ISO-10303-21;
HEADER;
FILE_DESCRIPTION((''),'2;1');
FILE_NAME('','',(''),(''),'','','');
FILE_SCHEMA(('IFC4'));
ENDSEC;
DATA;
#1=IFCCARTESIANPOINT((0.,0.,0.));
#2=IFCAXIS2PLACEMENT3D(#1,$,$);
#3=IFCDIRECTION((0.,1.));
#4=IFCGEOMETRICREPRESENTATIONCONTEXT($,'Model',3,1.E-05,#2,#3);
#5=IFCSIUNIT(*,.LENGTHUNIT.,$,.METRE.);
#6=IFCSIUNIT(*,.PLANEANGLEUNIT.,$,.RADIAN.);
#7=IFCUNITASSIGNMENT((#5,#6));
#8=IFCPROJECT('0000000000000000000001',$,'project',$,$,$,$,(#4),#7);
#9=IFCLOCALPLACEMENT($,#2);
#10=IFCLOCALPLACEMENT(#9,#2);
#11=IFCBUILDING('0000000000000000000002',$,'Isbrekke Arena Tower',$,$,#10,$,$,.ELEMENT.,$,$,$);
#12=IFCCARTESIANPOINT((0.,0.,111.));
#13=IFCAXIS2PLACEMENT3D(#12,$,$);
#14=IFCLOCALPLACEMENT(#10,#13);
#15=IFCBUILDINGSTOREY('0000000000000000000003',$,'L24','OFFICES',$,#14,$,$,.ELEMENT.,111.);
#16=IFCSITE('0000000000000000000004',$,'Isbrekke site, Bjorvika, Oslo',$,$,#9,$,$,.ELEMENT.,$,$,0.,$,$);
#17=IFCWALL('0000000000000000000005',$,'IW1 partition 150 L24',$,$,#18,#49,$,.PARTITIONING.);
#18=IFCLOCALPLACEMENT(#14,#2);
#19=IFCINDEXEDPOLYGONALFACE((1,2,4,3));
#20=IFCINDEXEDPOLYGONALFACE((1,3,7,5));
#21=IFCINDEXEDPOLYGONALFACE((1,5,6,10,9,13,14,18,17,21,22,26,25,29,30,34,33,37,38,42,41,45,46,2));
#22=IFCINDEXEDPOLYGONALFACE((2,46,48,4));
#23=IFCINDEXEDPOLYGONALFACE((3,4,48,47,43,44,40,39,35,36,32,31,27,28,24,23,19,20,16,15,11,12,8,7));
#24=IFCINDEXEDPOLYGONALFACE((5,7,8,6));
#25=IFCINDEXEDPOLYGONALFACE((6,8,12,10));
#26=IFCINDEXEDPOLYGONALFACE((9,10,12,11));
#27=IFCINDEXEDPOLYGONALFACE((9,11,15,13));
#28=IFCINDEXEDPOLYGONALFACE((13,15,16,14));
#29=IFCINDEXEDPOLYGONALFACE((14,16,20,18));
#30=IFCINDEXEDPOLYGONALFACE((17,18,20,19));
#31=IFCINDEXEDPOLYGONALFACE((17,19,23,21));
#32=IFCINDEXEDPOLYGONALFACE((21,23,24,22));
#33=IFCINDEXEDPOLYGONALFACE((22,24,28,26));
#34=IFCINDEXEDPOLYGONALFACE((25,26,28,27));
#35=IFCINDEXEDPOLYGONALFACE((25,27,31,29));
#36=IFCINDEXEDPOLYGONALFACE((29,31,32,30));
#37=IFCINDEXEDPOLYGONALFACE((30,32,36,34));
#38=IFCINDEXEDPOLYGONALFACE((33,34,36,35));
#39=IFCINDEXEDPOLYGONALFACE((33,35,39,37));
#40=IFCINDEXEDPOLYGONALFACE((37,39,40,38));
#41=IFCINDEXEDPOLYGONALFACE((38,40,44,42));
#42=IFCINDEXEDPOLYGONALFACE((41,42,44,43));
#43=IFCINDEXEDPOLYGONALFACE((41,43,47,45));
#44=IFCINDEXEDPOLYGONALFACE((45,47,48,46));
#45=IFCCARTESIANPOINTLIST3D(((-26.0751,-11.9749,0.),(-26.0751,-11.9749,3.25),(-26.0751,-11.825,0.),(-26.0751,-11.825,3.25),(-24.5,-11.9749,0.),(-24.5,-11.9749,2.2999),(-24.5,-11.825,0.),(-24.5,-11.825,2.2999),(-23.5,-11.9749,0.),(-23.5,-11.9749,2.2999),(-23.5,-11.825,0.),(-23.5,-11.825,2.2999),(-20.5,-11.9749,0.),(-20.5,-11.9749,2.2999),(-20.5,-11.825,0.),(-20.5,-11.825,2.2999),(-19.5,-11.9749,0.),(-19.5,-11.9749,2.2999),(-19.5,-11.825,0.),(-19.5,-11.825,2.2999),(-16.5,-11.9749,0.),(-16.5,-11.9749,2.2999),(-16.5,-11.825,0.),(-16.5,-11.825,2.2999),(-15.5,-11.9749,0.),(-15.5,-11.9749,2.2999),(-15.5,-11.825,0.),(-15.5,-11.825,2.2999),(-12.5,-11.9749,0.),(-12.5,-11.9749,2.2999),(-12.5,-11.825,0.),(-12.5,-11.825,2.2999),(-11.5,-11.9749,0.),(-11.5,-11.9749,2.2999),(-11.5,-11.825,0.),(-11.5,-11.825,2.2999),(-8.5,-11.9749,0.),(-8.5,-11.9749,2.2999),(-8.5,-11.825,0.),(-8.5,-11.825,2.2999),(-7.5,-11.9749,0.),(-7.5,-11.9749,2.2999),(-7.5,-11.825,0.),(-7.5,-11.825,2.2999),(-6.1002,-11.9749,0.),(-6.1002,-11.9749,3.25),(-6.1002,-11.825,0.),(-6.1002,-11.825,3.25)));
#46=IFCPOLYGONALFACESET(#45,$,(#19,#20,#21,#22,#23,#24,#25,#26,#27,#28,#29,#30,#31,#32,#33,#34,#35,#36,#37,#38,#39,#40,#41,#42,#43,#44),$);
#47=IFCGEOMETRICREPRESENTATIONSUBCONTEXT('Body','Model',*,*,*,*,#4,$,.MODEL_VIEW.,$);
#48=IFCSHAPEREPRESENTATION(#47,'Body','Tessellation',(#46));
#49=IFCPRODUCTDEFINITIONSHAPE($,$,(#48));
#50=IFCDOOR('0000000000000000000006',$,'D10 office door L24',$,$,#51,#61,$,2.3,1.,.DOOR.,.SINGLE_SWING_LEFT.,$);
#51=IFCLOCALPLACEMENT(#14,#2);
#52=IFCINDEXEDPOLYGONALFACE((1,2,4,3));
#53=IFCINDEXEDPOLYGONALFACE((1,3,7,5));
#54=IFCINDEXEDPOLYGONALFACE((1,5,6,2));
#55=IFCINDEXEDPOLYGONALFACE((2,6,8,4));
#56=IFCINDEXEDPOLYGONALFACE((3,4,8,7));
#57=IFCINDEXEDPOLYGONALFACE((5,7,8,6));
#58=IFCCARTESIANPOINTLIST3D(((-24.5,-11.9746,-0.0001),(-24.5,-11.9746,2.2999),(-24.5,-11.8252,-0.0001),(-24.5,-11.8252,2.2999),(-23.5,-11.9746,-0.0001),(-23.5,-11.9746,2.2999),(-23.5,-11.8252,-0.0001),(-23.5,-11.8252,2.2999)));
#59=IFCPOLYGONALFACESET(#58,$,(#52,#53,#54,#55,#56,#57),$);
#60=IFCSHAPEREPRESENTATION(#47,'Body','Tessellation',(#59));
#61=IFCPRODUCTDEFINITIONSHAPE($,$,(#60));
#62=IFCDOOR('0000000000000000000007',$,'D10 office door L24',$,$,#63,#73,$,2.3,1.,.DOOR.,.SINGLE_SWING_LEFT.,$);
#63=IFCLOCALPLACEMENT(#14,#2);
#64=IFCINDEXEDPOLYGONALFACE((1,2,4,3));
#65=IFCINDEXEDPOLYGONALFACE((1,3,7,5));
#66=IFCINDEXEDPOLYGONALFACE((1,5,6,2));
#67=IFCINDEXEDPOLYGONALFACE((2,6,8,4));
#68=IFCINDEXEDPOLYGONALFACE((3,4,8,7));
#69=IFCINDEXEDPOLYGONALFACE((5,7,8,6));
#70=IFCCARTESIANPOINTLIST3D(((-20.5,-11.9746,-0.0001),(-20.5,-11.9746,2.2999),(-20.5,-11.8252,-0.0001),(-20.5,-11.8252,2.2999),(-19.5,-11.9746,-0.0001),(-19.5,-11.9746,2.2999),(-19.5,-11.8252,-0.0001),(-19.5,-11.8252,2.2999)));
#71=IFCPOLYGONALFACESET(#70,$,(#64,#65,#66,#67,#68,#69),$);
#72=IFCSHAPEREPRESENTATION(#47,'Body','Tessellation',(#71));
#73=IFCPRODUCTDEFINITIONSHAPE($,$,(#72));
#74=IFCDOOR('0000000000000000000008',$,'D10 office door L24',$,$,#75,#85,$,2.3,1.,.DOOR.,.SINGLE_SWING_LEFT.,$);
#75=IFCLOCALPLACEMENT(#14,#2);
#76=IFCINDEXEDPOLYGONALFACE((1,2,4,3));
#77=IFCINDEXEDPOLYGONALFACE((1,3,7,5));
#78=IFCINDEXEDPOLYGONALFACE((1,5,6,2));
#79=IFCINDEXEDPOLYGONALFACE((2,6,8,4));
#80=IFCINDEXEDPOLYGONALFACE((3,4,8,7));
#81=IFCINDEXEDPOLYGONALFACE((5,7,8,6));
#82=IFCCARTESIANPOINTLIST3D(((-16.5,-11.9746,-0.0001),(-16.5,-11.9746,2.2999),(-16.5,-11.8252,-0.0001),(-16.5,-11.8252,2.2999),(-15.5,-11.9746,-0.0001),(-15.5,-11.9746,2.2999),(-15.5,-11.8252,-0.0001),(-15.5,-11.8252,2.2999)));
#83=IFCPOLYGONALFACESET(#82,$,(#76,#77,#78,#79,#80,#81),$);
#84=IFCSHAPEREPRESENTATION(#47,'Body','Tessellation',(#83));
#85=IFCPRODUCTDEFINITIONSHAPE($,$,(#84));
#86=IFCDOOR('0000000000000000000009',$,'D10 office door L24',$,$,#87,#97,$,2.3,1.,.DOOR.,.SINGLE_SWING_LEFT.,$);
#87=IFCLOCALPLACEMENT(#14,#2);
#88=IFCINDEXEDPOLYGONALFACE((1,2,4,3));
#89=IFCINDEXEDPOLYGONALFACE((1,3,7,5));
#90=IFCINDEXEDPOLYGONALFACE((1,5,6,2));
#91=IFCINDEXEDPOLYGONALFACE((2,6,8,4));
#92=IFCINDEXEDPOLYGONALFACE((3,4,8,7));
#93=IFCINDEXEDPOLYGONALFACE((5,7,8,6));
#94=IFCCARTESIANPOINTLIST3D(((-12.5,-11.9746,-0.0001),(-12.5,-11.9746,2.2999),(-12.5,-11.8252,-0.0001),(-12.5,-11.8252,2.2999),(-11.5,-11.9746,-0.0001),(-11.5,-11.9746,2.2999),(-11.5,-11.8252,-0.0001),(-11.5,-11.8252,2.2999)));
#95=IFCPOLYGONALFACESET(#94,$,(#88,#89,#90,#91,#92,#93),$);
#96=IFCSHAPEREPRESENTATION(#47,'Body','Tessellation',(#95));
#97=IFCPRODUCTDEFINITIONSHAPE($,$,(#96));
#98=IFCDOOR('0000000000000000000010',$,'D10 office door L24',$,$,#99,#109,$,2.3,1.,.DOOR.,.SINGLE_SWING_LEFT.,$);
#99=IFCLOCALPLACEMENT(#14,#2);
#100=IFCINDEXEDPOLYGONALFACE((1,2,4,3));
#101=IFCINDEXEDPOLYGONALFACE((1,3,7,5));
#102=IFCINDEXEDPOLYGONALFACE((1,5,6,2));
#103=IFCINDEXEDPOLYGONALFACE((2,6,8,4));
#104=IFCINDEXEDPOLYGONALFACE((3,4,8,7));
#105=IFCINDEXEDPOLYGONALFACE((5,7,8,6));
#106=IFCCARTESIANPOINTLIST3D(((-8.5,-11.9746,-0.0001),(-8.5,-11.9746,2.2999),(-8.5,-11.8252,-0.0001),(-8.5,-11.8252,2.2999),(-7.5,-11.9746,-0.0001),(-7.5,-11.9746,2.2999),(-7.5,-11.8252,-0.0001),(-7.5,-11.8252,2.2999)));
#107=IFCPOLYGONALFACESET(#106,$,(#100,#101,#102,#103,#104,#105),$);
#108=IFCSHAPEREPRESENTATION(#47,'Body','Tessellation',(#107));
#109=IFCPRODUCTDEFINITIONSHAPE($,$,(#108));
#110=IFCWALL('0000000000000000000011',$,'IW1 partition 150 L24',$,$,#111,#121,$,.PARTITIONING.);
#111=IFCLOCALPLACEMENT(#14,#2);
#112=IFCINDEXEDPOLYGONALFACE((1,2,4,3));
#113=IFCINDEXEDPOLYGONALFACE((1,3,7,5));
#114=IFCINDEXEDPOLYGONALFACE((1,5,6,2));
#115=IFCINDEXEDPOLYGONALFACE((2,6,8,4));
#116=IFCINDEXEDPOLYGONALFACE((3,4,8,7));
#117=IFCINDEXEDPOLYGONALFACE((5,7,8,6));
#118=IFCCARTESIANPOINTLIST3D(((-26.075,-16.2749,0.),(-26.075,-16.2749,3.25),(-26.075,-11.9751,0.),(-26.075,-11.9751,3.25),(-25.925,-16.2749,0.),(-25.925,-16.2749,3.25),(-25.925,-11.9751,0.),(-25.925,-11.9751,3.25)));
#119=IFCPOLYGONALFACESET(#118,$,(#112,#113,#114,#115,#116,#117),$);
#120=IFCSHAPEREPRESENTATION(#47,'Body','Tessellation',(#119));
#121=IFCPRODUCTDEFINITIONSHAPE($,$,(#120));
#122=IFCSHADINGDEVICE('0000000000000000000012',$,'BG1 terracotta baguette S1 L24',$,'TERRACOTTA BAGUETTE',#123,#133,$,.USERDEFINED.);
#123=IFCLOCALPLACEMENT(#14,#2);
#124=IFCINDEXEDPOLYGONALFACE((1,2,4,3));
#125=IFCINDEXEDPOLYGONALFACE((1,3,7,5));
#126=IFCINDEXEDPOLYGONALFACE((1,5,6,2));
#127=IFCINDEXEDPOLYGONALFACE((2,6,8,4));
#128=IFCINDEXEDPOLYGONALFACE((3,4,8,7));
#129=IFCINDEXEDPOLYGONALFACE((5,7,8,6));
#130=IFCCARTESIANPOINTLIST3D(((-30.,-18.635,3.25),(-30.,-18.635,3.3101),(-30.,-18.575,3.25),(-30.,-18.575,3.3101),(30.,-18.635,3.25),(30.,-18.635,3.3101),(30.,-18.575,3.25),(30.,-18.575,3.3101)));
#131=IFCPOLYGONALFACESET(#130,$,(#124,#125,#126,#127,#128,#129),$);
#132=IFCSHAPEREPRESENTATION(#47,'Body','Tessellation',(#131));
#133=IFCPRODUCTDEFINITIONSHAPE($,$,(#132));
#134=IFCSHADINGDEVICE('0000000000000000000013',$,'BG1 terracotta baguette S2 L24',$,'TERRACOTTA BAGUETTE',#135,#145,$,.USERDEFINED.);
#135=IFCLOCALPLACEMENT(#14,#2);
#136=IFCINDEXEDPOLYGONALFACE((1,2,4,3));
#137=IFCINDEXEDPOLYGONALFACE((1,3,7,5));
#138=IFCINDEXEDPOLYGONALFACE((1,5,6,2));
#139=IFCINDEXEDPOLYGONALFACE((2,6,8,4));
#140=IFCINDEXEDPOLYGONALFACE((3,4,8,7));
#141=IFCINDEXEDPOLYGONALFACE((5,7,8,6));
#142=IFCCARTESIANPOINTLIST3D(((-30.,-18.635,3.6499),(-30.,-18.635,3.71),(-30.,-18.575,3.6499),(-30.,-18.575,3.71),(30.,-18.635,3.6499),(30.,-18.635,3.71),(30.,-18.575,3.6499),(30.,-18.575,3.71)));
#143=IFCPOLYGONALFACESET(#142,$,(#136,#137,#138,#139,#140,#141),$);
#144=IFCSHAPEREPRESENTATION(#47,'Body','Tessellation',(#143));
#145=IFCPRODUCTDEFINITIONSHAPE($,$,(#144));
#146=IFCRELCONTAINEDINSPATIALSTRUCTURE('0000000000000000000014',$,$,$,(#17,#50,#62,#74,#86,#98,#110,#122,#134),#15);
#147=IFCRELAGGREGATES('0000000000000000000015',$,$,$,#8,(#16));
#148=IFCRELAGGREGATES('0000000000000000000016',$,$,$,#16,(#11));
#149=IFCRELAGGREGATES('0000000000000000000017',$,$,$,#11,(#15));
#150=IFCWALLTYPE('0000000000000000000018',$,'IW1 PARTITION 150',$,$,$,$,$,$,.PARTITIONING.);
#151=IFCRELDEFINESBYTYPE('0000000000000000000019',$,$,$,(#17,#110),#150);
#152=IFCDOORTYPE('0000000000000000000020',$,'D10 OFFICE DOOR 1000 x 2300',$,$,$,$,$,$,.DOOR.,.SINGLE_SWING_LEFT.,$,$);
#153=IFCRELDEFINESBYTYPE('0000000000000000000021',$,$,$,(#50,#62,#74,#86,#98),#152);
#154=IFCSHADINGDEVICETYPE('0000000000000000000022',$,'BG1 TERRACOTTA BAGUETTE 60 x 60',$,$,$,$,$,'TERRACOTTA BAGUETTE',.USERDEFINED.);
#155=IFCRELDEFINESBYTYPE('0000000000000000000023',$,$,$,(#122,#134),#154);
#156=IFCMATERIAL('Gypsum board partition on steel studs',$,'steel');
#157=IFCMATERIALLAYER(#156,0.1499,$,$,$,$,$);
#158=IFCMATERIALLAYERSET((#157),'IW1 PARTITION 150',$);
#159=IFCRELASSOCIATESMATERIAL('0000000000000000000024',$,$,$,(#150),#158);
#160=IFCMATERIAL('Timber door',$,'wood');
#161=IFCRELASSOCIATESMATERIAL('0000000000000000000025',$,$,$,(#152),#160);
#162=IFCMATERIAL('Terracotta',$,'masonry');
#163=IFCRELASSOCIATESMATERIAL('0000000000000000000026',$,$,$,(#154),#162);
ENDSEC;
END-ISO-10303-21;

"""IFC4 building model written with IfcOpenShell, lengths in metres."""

from ifc_helpers import new_model, si_unit, direction, frame, frame_2d, origin, origin_2d, place, context, subcontext, project, spatial, rectangle, extrude, material, layer, layer_set, material_profile, profile_set, type_object, element, fill, save


model = new_model("IFC4")

# Units and contexts
model_context = context("Model", 3, precision=1e-05, world=origin(), true_north=direction((0.0, 1.0)))
body_context = subcontext(model_context, "Body", "Model", "MODEL_VIEW")
ifc_project = project(units=[si_unit("LENGTHUNIT", "METRE"), si_unit("PLANEANGLEUNIT", "RADIAN")], contexts=[model_context])

# Site, building, storey
site_placement = place(None, origin())
site = spatial("IfcSite", under=ifc_project, at=site_placement, Name="Isbrekke site, Bjorvika, Oslo", CompositionType="ELEMENT", RefElevation=0.0)
building_placement = place(site_placement, origin())
building = spatial("IfcBuilding", under=site, at=building_placement, Name="Isbrekke Arena Tower", CompositionType="ELEMENT")
storey_placement = place(building_placement, frame((0.0, 0.0, 111.0)))
storey = spatial("IfcBuildingStorey", under=building, at=storey_placement, Name="L24", Description="OFFICES", CompositionType="ELEMENT", Elevation=111.0)

# Wall, openings, doors
ifc_material_1 = material(Name="Gypsum board partition on steel studs", Category="steel")
ifc_layer_1 = layer(ifc_material_1, 0.1499)
ifc_layer_set_1 = layer_set([ifc_layer_1], Name="IW1 PARTITION 150")
wall_type = type_object("IfcWallType", Name="IW1 PARTITION 150", PredefinedType="PARTITIONING", material=ifc_layer_set_1)
wall_1_placement = place(storey_placement, frame((-26.075, -11.8999, 0.0), z_axis=(0.0, 0.0, 1.0), x_axis=(1.0, 0.0, 0.0)))
wall_1 = element("IfcWall", 1, at=wall_1_placement, inside=storey, type_object=wall_type, Name="IW1 partition 150 L24", PredefinedType="PARTITIONING", context=body_context, shape_type="SweptSolid", body=[
    extrude(rectangle(XDim=19.9749, YDim=0.1499, at=frame_2d((9.9873, 0.0))), origin(), (0.0, 0.0, 1.0), 3.25),
])
opening_1_placement = place(wall_1_placement, frame((1.575, 0.0, 0.0)))
opening_1 = element("IfcOpeningElement", 2, at=opening_1_placement, cuts=wall_1, PredefinedType="OPENING", context=body_context, shape_type="SweptSolid", body=[
    extrude(rectangle(XDim=1.0, YDim=2.3, at=frame_2d((0.5, 1.1499))), frame((0.0, 0.0898, 0.0), z_axis=(0.0, -1.0, 0.0), x_axis=(1.0, 0.0, 0.0)), (0.0, 0.0, 1.0), 0.1797),
])
opening_2_placement = place(wall_1_placement, frame((5.575, 0.0, 0.0)))
opening_2 = element("IfcOpeningElement", 3, at=opening_2_placement, cuts=wall_1, PredefinedType="OPENING", context=body_context, shape_type="SweptSolid", body=[
    extrude(rectangle(XDim=1.0, YDim=2.3, at=frame_2d((0.5, 1.1499))), frame((0.0, 0.0898, 0.0), z_axis=(0.0, -1.0, 0.0), x_axis=(1.0, 0.0, 0.0)), (0.0, 0.0, 1.0), 0.1797),
])
opening_3_placement = place(wall_1_placement, frame((9.575, 0.0, 0.0)))
opening_3 = element("IfcOpeningElement", 4, at=opening_3_placement, cuts=wall_1, PredefinedType="OPENING", context=body_context, shape_type="SweptSolid", body=[
    extrude(rectangle(XDim=1.0, YDim=2.3, at=frame_2d((0.5, 1.1499))), frame((0.0, 0.0898, 0.0), z_axis=(0.0, -1.0, 0.0), x_axis=(1.0, 0.0, 0.0)), (0.0, 0.0, 1.0), 0.1797),
])
opening_4_placement = place(wall_1_placement, frame((13.575, 0.0, 0.0)))
opening_4 = element("IfcOpeningElement", 5, at=opening_4_placement, cuts=wall_1, PredefinedType="OPENING", context=body_context, shape_type="SweptSolid", body=[
    extrude(rectangle(XDim=1.0, YDim=2.3, at=frame_2d((0.5, 1.1499))), frame((0.0, 0.0898, 0.0), z_axis=(0.0, -1.0, 0.0), x_axis=(1.0, 0.0, 0.0)), (0.0, 0.0, 1.0), 0.1797),
])
opening_5_placement = place(wall_1_placement, frame((17.575, 0.0, 0.0)))
opening_5 = element("IfcOpeningElement", 6, at=opening_5_placement, cuts=wall_1, PredefinedType="OPENING", context=body_context, shape_type="SweptSolid", body=[
    extrude(rectangle(XDim=1.0, YDim=2.3, at=frame_2d((0.5, 1.1499))), frame((0.0, 0.0898, 0.0), z_axis=(0.0, -1.0, 0.0), x_axis=(1.0, 0.0, 0.0)), (0.0, 0.0, 1.0), 0.1797),
])
ifc_material_2 = material(Name="Timber door", Category="wood")
door_type = type_object("IfcDoorType", Name="D10 OFFICE DOOR 1000 x 2300", OperationType="SINGLE_SWING_LEFT", PredefinedType="DOOR", material=ifc_material_2)
door_1_placement = place(opening_1_placement, origin())
door_1 = element("IfcDoor", 7, at=door_1_placement, inside=storey, type_object=door_type, Name="D10 office door L24", OperationType="SINGLE_SWING_LEFT", OverallHeight=2.3, OverallWidth=1.0, PredefinedType="DOOR", context=body_context, shape_type="SweptSolid", body=[
    extrude(rectangle(XDim=1.0, YDim=2.3, at=frame_2d((0.5, 1.1499))), frame((0.0, 0.0747, 0.0), z_axis=(0.0, -1.0, 0.0), x_axis=(1.0, 0.0, 0.0)), (0.0, 0.0, 1.0), 0.1494),
])
fill(opening_1, door_1)
door_2_placement = place(opening_2_placement, origin())
door_2 = element("IfcDoor", 8, at=door_2_placement, inside=storey, type_object=door_type, Name="D10 office door L24", OperationType="SINGLE_SWING_LEFT", OverallHeight=2.3, OverallWidth=1.0, PredefinedType="DOOR", context=body_context, shape_type="SweptSolid", body=[
    extrude(rectangle(XDim=1.0, YDim=2.3, at=frame_2d((0.5, 1.1499))), frame((0.0, 0.0747, 0.0), z_axis=(0.0, -1.0, 0.0), x_axis=(1.0, 0.0, 0.0)), (0.0, 0.0, 1.0), 0.1494),
])
fill(opening_2, door_2)
door_3_placement = place(opening_3_placement, origin())
door_3 = element("IfcDoor", 9, at=door_3_placement, inside=storey, type_object=door_type, Name="D10 office door L24", OperationType="SINGLE_SWING_LEFT", OverallHeight=2.3, OverallWidth=1.0, PredefinedType="DOOR", context=body_context, shape_type="SweptSolid", body=[
    extrude(rectangle(XDim=1.0, YDim=2.3, at=frame_2d((0.5, 1.1499))), frame((0.0, 0.0747, 0.0), z_axis=(0.0, -1.0, 0.0), x_axis=(1.0, 0.0, 0.0)), (0.0, 0.0, 1.0), 0.1494),
])
fill(opening_3, door_3)
door_4_placement = place(opening_4_placement, origin())
door_4 = element("IfcDoor", 10, at=door_4_placement, inside=storey, type_object=door_type, Name="D10 office door L24", OperationType="SINGLE_SWING_LEFT", OverallHeight=2.3, OverallWidth=1.0, PredefinedType="DOOR", context=body_context, shape_type="SweptSolid", body=[
    extrude(rectangle(XDim=1.0, YDim=2.3, at=frame_2d((0.5, 1.1499))), frame((0.0, 0.0747, 0.0), z_axis=(0.0, -1.0, 0.0), x_axis=(1.0, 0.0, 0.0)), (0.0, 0.0, 1.0), 0.1494),
])
fill(opening_4, door_4)
door_5_placement = place(opening_5_placement, origin())
door_5 = element("IfcDoor", 11, at=door_5_placement, inside=storey, type_object=door_type, Name="D10 office door L24", OperationType="SINGLE_SWING_LEFT", OverallHeight=2.3, OverallWidth=1.0, PredefinedType="DOOR", context=body_context, shape_type="SweptSolid", body=[
    extrude(rectangle(XDim=1.0, YDim=2.3, at=frame_2d((0.5, 1.1499))), frame((0.0, 0.0747, 0.0), z_axis=(0.0, -1.0, 0.0), x_axis=(1.0, 0.0, 0.0)), (0.0, 0.0, 1.0), 0.1494),
])
fill(opening_5, door_5)

# Wall
wall_2_placement = place(storey_placement, frame((-26.0, -16.2749, 0.0), z_axis=(0.0, 0.0, 1.0), x_axis=(0.0, 1.0, 0.0)))
element("IfcWall", 12, at=wall_2_placement, inside=storey, type_object=wall_type, Name="IW1 partition 150 L24", PredefinedType="PARTITIONING", context=body_context, shape_type="SweptSolid", body=[
    extrude(rectangle(XDim=4.2998, YDim=0.1499, at=frame_2d((2.1499, 0.0))), origin(), (0.0, 0.0, 1.0), 3.25),
])

# Shading devices
ifc_material_3 = material(Name="Terracotta", Category="masonry")
ifc_material_profile_1 = material_profile(ifc_material_3, rectangle(XDim=0.0601, YDim=0.0601, at=origin_2d()), Name="BAGUETTE 60X60")
ifc_profile_set_1 = profile_set([ifc_material_profile_1], Name="Terracotta")
shading_device_type = type_object("IfcShadingDeviceType", Name="BG1 TERRACOTTA BAGUETTE 60 x 60", ElementType="TERRACOTTA BAGUETTE", PredefinedType="USERDEFINED", material=ifc_profile_set_1)
for number, where, z_axis, x_axis, name in (
    (13, (-30.0, -18.605, 3.28), (1.0, 0.0, 0.0), (0.0, 1.0, 0.0), "BG1 terracotta baguette S1 L24"),
    (14, (-30.0, -18.605, 3.6799), (1.0, 0.0, 0.0), (0.0, 1.0, 0.0), "BG1 terracotta baguette S2 L24"),
):
    element("IfcShadingDevice", number, at=place(storey_placement, frame(where, z_axis=z_axis, x_axis=x_axis)), inside=storey, type_object=shading_device_type, Name=name, ObjectType="TERRACOTTA BAGUETTE", PredefinedType="USERDEFINED", context=body_context, shape_type="SweptSolid", body=[
        extrude(rectangle(XDim=0.0601, YDim=0.0601, at=origin_2d()), origin(), (0.0, 0.0, 1.0), 60.0),
    ])

save(model, "model.ifc")
